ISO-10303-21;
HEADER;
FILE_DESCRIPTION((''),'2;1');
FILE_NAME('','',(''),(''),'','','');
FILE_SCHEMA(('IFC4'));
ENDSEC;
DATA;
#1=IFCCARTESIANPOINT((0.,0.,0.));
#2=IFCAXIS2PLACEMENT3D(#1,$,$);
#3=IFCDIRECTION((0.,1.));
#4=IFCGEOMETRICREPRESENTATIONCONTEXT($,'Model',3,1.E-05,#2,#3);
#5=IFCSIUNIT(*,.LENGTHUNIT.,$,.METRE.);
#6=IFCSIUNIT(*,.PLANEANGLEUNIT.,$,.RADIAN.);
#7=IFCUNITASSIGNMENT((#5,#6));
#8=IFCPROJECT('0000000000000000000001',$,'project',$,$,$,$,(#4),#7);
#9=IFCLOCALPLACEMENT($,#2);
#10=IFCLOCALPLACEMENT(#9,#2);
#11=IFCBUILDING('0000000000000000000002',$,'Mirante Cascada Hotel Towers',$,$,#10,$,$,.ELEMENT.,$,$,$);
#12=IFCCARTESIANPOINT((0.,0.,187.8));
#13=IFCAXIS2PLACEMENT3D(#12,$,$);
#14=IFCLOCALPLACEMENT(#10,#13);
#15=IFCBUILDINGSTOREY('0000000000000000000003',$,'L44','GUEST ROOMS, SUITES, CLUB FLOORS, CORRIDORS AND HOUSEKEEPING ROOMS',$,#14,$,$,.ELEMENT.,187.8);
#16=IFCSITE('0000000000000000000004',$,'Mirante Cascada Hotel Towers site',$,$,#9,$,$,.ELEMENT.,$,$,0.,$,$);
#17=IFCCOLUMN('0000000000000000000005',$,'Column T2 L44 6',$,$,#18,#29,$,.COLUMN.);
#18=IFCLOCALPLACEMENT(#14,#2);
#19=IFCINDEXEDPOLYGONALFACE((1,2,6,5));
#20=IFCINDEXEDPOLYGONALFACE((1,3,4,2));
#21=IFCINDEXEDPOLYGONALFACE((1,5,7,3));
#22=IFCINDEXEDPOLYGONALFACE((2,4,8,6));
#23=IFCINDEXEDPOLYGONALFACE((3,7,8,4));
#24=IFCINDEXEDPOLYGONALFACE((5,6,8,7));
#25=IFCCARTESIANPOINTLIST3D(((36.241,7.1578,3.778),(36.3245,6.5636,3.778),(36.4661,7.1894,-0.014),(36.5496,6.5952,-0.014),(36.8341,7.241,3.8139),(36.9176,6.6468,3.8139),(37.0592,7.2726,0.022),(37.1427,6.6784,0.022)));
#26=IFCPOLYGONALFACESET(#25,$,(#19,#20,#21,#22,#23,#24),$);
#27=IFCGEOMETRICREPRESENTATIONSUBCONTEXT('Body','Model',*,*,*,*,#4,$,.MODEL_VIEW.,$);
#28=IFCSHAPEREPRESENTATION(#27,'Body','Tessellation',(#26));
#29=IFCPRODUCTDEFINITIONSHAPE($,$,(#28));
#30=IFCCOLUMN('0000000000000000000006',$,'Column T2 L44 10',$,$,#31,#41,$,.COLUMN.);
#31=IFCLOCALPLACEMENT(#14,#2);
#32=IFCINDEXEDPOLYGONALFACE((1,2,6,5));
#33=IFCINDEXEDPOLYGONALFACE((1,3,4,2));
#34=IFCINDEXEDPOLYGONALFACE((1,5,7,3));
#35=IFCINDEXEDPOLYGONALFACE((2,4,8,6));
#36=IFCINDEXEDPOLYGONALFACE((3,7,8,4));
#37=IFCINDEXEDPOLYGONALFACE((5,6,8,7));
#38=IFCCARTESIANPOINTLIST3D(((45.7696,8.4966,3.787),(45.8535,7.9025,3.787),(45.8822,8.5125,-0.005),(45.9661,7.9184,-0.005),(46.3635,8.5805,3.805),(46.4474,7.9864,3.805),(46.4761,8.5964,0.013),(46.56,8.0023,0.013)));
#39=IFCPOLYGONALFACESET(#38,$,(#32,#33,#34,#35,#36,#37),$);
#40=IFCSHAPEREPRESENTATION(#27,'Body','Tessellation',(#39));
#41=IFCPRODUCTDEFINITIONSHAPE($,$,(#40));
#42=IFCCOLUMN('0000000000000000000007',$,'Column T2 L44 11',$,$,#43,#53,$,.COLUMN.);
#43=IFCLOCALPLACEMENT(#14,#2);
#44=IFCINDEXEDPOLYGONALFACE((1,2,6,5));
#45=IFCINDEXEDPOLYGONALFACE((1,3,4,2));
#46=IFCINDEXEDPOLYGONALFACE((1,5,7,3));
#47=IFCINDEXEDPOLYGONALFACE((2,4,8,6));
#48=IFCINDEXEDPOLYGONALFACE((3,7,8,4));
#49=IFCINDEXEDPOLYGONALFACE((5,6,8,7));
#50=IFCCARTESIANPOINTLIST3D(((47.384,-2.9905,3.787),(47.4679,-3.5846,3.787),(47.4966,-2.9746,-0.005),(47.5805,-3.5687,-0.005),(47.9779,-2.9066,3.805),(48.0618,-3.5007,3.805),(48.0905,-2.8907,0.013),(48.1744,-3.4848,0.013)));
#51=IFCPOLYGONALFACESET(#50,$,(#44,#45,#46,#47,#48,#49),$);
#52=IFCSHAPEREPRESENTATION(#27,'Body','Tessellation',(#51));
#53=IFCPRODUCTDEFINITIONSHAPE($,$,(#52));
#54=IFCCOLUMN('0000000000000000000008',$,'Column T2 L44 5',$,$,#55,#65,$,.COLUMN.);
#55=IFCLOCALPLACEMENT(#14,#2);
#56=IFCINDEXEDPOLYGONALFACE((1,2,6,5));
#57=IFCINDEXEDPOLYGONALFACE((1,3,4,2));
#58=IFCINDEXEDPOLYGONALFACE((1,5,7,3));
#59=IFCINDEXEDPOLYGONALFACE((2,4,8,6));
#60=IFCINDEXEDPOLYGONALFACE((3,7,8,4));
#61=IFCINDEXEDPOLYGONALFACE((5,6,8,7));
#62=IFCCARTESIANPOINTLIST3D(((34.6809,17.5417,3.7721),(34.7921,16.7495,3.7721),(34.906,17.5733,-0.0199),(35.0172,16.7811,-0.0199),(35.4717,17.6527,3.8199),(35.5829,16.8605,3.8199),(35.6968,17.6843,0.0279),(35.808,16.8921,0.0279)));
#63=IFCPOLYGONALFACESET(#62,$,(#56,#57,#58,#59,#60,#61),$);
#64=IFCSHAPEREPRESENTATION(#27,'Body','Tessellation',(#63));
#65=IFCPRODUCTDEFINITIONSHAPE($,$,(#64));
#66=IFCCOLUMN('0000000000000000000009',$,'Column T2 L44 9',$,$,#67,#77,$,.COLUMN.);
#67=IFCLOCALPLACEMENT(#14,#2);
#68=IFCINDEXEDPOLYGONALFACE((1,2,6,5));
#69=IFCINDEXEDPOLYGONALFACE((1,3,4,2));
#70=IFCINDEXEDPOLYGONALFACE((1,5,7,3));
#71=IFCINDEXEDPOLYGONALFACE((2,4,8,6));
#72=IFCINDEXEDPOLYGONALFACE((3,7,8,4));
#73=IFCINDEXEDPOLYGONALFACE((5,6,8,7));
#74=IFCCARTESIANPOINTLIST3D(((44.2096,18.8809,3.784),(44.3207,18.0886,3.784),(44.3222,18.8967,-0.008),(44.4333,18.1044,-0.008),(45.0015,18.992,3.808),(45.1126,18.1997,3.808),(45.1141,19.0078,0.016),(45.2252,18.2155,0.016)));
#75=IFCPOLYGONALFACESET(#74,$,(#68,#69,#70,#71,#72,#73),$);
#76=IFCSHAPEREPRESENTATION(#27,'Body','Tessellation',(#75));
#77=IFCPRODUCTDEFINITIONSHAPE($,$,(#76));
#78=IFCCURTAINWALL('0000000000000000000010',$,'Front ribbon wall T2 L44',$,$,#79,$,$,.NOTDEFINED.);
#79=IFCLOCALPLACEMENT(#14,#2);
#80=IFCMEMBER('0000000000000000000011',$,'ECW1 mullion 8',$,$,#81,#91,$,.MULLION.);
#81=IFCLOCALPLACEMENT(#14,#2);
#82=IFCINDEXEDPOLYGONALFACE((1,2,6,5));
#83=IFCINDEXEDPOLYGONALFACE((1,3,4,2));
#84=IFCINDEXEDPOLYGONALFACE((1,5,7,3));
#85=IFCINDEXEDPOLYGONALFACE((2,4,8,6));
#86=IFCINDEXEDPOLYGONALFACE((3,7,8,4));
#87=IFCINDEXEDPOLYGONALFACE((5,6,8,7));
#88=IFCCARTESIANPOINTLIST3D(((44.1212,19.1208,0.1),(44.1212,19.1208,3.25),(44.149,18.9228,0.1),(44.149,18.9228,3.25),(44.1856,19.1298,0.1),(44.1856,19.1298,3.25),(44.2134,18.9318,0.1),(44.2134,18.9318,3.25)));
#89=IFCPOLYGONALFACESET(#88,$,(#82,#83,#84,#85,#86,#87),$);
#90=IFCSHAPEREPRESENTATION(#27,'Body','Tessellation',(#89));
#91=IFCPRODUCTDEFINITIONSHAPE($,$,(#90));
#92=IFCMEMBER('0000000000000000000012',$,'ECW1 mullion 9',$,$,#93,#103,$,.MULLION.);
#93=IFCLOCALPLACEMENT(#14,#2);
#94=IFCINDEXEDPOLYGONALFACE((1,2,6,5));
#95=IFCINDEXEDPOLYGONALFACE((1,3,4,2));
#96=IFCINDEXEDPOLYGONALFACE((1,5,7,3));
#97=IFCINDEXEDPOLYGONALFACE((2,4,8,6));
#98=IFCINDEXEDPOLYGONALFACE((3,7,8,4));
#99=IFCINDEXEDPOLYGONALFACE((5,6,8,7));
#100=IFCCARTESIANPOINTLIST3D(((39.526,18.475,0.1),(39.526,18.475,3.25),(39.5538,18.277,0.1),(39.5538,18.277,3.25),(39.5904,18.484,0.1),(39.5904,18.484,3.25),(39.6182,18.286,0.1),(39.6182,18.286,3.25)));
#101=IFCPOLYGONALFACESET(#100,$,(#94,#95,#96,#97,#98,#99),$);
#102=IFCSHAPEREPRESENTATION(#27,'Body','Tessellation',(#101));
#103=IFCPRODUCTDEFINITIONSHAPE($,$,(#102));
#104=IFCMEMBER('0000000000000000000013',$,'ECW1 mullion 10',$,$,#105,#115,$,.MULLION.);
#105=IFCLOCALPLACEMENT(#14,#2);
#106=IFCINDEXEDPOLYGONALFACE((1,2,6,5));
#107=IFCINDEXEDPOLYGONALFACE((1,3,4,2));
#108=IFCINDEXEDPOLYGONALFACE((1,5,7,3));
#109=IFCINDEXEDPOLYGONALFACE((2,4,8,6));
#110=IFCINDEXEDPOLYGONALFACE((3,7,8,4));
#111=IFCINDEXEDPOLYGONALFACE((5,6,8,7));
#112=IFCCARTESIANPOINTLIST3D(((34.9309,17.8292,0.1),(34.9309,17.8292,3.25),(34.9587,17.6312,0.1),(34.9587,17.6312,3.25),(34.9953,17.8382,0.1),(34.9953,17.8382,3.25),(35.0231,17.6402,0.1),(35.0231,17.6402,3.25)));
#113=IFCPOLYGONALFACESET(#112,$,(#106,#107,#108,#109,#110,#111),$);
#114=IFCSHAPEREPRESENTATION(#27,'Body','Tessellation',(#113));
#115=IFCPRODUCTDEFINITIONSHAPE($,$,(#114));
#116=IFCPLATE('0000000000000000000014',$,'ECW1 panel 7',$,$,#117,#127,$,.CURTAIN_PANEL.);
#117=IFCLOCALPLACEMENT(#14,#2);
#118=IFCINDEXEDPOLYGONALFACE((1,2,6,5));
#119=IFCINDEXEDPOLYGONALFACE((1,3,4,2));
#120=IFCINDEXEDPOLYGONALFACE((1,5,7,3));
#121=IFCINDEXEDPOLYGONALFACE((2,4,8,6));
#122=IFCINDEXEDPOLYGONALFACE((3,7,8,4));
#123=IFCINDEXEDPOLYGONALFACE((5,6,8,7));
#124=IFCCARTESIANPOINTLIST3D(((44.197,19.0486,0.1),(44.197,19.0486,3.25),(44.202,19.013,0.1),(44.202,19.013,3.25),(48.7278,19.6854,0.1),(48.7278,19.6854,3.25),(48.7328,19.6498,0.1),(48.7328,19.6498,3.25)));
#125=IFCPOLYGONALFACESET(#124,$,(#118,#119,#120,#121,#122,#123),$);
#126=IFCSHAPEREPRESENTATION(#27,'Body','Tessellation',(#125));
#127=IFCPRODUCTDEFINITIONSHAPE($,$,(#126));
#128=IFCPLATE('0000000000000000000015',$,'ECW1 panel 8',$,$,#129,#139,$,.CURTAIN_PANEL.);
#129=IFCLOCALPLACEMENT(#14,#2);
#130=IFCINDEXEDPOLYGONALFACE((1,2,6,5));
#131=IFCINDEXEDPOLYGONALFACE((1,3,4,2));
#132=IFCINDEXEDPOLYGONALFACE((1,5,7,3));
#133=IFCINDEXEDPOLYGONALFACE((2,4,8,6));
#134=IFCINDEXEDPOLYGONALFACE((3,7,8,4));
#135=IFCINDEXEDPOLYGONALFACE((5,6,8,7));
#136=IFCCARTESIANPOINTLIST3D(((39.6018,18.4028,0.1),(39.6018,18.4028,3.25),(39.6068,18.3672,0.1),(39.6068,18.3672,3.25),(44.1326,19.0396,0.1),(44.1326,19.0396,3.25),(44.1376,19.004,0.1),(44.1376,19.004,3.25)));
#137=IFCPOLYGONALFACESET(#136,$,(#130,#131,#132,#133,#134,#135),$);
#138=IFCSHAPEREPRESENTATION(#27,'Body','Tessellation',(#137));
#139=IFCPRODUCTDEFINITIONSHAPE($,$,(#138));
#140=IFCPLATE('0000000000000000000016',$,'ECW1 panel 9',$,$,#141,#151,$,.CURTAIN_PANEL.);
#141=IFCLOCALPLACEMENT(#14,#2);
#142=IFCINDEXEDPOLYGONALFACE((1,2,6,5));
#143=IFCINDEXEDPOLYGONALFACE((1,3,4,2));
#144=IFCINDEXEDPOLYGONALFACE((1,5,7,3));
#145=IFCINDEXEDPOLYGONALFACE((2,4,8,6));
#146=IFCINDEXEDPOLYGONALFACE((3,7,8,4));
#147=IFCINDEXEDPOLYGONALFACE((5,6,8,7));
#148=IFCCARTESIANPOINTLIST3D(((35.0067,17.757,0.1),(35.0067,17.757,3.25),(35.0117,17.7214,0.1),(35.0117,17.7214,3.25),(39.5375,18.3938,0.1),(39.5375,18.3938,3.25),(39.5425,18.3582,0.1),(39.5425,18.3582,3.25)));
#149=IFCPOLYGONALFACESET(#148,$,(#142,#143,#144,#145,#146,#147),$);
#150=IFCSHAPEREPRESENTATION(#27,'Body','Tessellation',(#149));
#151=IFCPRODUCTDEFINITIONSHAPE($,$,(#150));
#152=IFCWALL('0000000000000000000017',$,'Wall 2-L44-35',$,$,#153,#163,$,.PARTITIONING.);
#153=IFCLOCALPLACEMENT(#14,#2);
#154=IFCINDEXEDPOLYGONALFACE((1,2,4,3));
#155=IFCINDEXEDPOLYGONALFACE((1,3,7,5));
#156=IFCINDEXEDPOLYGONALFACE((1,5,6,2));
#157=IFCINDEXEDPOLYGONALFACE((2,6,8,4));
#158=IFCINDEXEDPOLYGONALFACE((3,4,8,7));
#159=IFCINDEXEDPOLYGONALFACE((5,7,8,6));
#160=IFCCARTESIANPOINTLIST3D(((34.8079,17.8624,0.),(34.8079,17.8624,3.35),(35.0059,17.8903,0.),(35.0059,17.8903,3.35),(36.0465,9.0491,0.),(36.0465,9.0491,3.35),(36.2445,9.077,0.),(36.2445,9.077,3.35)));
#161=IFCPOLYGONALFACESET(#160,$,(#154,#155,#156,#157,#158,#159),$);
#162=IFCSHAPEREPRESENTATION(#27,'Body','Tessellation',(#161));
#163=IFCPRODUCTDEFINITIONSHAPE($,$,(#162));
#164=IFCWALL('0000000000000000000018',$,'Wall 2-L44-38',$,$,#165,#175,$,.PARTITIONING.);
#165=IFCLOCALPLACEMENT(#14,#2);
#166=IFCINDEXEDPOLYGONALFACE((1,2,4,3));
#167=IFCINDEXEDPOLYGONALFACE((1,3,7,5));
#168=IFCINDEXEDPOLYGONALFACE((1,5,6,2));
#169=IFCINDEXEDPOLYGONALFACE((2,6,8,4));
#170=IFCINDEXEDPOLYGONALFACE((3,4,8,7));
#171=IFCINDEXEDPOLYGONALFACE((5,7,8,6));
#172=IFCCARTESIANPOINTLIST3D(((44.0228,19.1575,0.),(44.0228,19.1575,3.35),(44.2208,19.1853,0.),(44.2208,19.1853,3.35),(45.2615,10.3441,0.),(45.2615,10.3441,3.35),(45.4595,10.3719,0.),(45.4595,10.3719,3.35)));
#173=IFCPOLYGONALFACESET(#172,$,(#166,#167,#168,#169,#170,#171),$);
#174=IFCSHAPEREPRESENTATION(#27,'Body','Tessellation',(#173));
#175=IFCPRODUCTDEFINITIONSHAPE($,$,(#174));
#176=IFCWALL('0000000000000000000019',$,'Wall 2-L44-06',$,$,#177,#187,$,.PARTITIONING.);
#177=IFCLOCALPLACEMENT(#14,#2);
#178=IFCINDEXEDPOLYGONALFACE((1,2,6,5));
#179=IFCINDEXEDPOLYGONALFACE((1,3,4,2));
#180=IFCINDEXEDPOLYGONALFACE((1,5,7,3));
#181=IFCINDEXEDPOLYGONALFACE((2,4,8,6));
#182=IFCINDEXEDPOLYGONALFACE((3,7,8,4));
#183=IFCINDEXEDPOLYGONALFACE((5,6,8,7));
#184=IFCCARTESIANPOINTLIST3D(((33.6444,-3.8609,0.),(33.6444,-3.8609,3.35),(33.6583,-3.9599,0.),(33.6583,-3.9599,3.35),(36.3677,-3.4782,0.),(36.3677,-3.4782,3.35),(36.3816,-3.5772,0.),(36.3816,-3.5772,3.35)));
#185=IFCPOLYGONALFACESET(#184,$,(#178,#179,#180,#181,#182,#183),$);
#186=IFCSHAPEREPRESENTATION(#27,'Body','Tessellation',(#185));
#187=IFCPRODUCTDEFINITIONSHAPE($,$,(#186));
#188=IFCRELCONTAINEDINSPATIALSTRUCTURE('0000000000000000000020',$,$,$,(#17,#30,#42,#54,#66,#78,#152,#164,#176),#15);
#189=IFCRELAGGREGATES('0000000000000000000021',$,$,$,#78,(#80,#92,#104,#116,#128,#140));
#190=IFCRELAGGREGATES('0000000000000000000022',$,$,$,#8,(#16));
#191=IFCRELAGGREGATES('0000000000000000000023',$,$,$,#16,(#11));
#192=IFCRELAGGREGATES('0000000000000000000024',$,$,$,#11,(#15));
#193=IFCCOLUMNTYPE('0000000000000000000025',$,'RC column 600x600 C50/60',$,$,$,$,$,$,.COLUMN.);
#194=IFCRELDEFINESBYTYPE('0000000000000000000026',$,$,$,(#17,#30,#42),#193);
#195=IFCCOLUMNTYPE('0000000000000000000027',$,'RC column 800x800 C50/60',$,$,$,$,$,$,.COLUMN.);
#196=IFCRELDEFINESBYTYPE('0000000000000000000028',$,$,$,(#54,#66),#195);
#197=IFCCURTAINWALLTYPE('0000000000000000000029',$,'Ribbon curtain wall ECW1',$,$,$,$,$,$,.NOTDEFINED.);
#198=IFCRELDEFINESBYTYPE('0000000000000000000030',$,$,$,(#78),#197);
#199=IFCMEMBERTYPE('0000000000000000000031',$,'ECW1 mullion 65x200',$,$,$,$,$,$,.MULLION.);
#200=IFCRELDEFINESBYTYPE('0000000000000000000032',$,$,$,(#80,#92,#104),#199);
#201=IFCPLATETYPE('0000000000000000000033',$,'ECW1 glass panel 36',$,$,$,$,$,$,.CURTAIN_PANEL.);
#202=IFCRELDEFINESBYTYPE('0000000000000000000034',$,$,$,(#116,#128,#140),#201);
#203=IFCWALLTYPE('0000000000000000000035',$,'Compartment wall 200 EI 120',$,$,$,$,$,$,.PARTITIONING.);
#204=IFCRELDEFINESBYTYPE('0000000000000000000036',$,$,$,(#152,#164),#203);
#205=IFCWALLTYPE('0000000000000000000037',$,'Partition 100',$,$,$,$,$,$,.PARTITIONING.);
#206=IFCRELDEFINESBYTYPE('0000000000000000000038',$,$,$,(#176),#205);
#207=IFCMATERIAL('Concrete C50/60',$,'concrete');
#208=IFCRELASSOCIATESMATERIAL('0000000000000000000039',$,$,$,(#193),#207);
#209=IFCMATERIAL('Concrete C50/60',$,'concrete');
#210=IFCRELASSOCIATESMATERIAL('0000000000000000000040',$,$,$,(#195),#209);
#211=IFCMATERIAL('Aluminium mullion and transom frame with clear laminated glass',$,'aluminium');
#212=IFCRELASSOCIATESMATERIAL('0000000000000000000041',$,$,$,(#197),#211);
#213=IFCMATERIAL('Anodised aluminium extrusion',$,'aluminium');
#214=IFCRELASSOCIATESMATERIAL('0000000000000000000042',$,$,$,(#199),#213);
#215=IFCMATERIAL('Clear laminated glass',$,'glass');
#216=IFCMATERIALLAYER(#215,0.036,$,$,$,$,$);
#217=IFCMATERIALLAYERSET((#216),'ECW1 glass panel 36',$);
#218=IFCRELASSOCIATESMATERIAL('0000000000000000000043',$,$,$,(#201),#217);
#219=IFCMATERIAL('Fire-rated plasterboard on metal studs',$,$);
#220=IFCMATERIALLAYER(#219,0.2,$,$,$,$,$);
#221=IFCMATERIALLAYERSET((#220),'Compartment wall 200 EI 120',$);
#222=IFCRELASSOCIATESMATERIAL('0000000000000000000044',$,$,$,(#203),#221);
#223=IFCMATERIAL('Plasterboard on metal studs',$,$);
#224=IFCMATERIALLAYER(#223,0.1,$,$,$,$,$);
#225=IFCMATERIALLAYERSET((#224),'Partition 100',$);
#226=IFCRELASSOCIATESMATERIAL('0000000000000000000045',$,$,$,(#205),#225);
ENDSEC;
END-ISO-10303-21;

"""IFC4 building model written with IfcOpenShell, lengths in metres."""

from ifc_helpers import new_model, si_unit, direction, frame, frame_2d, origin, origin_2d, place, context, subcontext, project, spatial, rectangle, extrude, material, layer, layer_set, material_profile, profile_set, type_object, element, aggregate, save


model = new_model("IFC4")

# Units and contexts
model_context = context("Model", 3, precision=1e-05, world=origin(), true_north=direction((0.0, 1.0)))
body_context = subcontext(model_context, "Body", "Model", "MODEL_VIEW")
ifc_project = project(units=[si_unit("LENGTHUNIT", "METRE"), si_unit("PLANEANGLEUNIT", "RADIAN")], contexts=[model_context])

# Site, building, storey
site_placement = place(None, origin())
site = spatial("IfcSite", under=ifc_project, at=site_placement, Name="Mirante Cascada Hotel Towers site", CompositionType="ELEMENT", RefElevation=0.0)
building_placement = place(site_placement, origin())
building = spatial("IfcBuilding", under=site, at=building_placement, Name="Mirante Cascada Hotel Towers", CompositionType="ELEMENT")
storey_placement = place(building_placement, frame((0.0, 0.0, 187.8)))
storey = spatial("IfcBuildingStorey", under=building, at=storey_placement, Name="L44", Description="GUEST ROOMS, SUITES, CLUB FLOORS, CORRIDORS AND HOUSEKEEPING ROOMS", CompositionType="ELEMENT", Elevation=187.8)

# Columns
ifc_material_1 = material(Name="Concrete C50/60", Category="concrete")
ifc_material_profile_1 = material_profile(ifc_material_1, rectangle(XDim=0.6, YDim=0.6, at=origin_2d()), Name="RC column 600x600 C50/60")
ifc_profile_set_1 = profile_set([ifc_material_profile_1], Name="Concrete C50/60")
column_type_1 = type_object("IfcColumnType", Name="RC column 600x600 C50/60", PredefinedType="COLUMN", material=ifc_profile_set_1)
column_1_placement = place(storey_placement, frame((36.8044, 6.9339, 0.004), z_axis=(-0.059255, -0.008318, 0.998208), x_axis=(0.139019, -0.99029, 0.0)))
element("IfcColumn", 1, at=column_1_placement, inside=storey, type_object=column_type_1, Name="Column T2 L44 6", PredefinedType="COLUMN", context=body_context, shape_type="SweptSolid", body=[
    extrude(rectangle(XDim=0.6, YDim=0.6, at=origin_2d()), origin(), (0.0, 0.0, 1.0), 3.7988),
])
for number, where, z_axis, x_axis, name in (
    (2, (46.2211, 8.2574, 0.004), (-0.029681, -0.004191, 0.999551), (0.139821, -0.990177, 0.0), "Column T2 L44 10"),
    (3, (47.8355, -3.2297, 0.004), (-0.029681, -0.004191, 0.999551), (0.139821, -0.990177, 0.0), "Column T2 L44 11"),
):
    element("IfcColumn", number, at=place(storey_placement, frame(where, z_axis=z_axis, x_axis=x_axis)), inside=storey, type_object=column_type_1, Name=name, PredefinedType="COLUMN", context=body_context, shape_type="SweptSolid", body=[
        extrude(rectangle(XDim=0.6, YDim=0.6, at=origin_2d()), origin(), (0.0, 0.0, 1.0), 3.7937),
    ])
ifc_material_2 = material(Name="Concrete C50/60", Category="concrete")
ifc_material_profile_2 = material_profile(ifc_material_2, rectangle(XDim=0.8, YDim=0.8, at=origin_2d()), Name="RC column 800x800 C50/60")
ifc_profile_set_2 = profile_set([ifc_material_profile_2], Name="Concrete C50/60")
column_type_2 = type_object("IfcColumnType", Name="RC column 800x800 C50/60", PredefinedType="COLUMN", material=ifc_profile_set_2)
column_2_placement = place(storey_placement, frame((35.357, 17.2327, 0.004), z_axis=(-0.059255, -0.008318, 0.998208), x_axis=(0.139019, -0.99029, 0.0)))
element("IfcColumn", 4, at=column_2_placement, inside=storey, type_object=column_type_2, Name="Column T2 L44 5", PredefinedType="COLUMN", context=body_context, shape_type="SweptSolid", body=[
    extrude(rectangle(XDim=0.8, YDim=0.8, at=origin_2d()), origin(), (0.0, 0.0, 1.0), 3.7988),
])
column_3_placement = place(storey_placement, frame((44.7737, 18.5561, 0.004), z_axis=(-0.029681, -0.004165, 0.999551), x_axis=(0.138958, -0.990298, 0.0)))
element("IfcColumn", 5, at=column_3_placement, inside=storey, type_object=column_type_2, Name="Column T2 L44 9", PredefinedType="COLUMN", context=body_context, shape_type="SweptSolid", body=[
    extrude(rectangle(XDim=0.8, YDim=0.8, at=origin_2d()), origin(), (0.0, 0.0, 1.0), 3.7937),
])

# Curtain wall, members, plates
ifc_material_3 = material(Name="Aluminium mullion and transom frame with clear laminated glass", Category="aluminium")
curtain_wall_type = type_object("IfcCurtainWallType", Name="Ribbon curtain wall ECW1", PredefinedType="NOTDEFINED", material=ifc_material_3)
curtain_wall_placement = place(storey_placement, origin())
curtain_wall = element("IfcCurtainWall", 6, at=curtain_wall_placement, inside=storey, type_object=curtain_wall_type, Name="Front ribbon wall T2 L44", PredefinedType="NOTDEFINED")
ifc_material_4 = material(Name="Anodised aluminium extrusion", Category="aluminium")
ifc_material_profile_3 = material_profile(ifc_material_4, rectangle(XDim=0.2, YDim=0.065, at=origin_2d()), Name="ECW1 MULLION 65x200")
ifc_profile_set_3 = profile_set([ifc_material_profile_3], Name="Anodised aluminium extrusion")
member_type = type_object("IfcMemberType", Name="ECW1 mullion 65x200", PredefinedType="MULLION", material=ifc_profile_set_3)
member_1_placement = place(storey_placement, frame((44.1673, 19.0263, 0.1), z_axis=(0.0, 0.0, 1.0), x_axis=(0.139173, -0.990268, 0.0)))
member_1 = element("IfcMember", 7, at=member_1_placement, type_object=member_type, Name="ECW1 mullion 8", PredefinedType="MULLION", context=body_context, shape_type="SweptSolid", body=[
    extrude(rectangle(XDim=0.2, YDim=0.065, at=origin_2d()), origin(), (0.0, 0.0, 1.0), 3.15),
])
member_2_placement = place(storey_placement, frame((39.5721, 18.3805, 0.1), z_axis=(0.0, 0.0, 1.0), x_axis=(0.139173, -0.990268, 0.0)))
member_2 = element("IfcMember", 8, at=member_2_placement, type_object=member_type, Name="ECW1 mullion 9", PredefinedType="MULLION", context=body_context, shape_type="SweptSolid", body=[
    extrude(rectangle(XDim=0.2, YDim=0.065, at=origin_2d()), origin(), (0.0, 0.0, 1.0), 3.15),
])
member_3_placement = place(storey_placement, frame((34.977, 17.7347, 0.1), z_axis=(0.0, 0.0, 1.0), x_axis=(0.139173, -0.990268, 0.0)))
member_3 = element("IfcMember", 9, at=member_3_placement, type_object=member_type, Name="ECW1 mullion 10", PredefinedType="MULLION", context=body_context, shape_type="SweptSolid", body=[
    extrude(rectangle(XDim=0.2, YDim=0.065, at=origin_2d()), origin(), (0.0, 0.0, 1.0), 3.15),
])
ifc_material_5 = material(Name="Clear laminated glass", Category="glass")
ifc_layer_1 = layer(ifc_material_5, 0.036)
ifc_layer_set_1 = layer_set([ifc_layer_1], Name="ECW1 glass panel 36")
plate_type = type_object("IfcPlateType", Name="ECW1 glass panel 36", PredefinedType="CURTAIN_PANEL", material=ifc_layer_set_1)
plate_1_placement = place(storey_placement, frame((46.4649, 19.3492, 0.1), z_axis=(0.0, 0.0, 1.0), x_axis=(-0.990268, -0.139173, 0.0)))
plate_1 = element("IfcPlate", 10, at=plate_1_placement, type_object=plate_type, Name="ECW1 panel 7", PredefinedType="CURTAIN_PANEL", context=body_context, shape_type="SweptSolid", body=[
    extrude(rectangle(XDim=4.5753, YDim=0.036, at=origin_2d()), origin(), (0.0, 0.0, 1.0), 3.15),
])
plate_2_placement = place(storey_placement, frame((41.8697, 18.7034, 0.1), z_axis=(0.0, 0.0, 1.0), x_axis=(-0.990268, -0.139173, 0.0)))
plate_2 = element("IfcPlate", 11, at=plate_2_placement, type_object=plate_type, Name="ECW1 panel 8", PredefinedType="CURTAIN_PANEL", context=body_context, shape_type="SweptSolid", body=[
    extrude(rectangle(XDim=4.5753, YDim=0.036, at=origin_2d()), origin(), (0.0, 0.0, 1.0), 3.15),
])
plate_3_placement = place(storey_placement, frame((37.2746, 18.0576, 0.1), z_axis=(0.0, 0.0, 1.0), x_axis=(-0.990268, -0.139173, 0.0)))
plate_3 = element("IfcPlate", 12, at=plate_3_placement, type_object=plate_type, Name="ECW1 panel 9", PredefinedType="CURTAIN_PANEL", context=body_context, shape_type="SweptSolid", body=[
    extrude(rectangle(XDim=4.5753, YDim=0.036, at=origin_2d()), origin(), (0.0, 0.0, 1.0), 3.15),
])
aggregate(curtain_wall, [member_1, member_2, member_3, plate_1, plate_2, plate_3])

# Walls
ifc_material_6 = material(Name="Fire-rated plasterboard on metal studs")
ifc_layer_2 = layer(ifc_material_6, 0.2)
ifc_layer_set_2 = layer_set([ifc_layer_2], Name="Compartment wall 200 EI 120")
wall_type_1 = type_object("IfcWallType", Name="Compartment wall 200 EI 120", PredefinedType="PARTITIONING", material=ifc_layer_set_2)
wall_1_placement = place(storey_placement, frame((36.1455, 9.063, 0.0), z_axis=(0.0, 0.0, 1.0), x_axis=(-0.13917, 0.990268, 0.0)))
element("IfcWall", 13, at=wall_1_placement, inside=storey, type_object=wall_type_1, Name="Wall 2-L44-35", PredefinedType="PARTITIONING", context=body_context, shape_type="SweptSolid", body=[
    extrude(rectangle(XDim=8.8999, YDim=0.2, at=frame_2d((4.45, 0.0))), origin(), (0.0, 0.0, 1.0), 3.35),
])
wall_2_placement = place(storey_placement, frame((44.1218, 19.1714, 0.0), z_axis=(0.0, 0.0, 1.0), x_axis=(0.139179, -0.990267, 0.0)))
element("IfcWall", 14, at=wall_2_placement, inside=storey, type_object=wall_type_1, Name="Wall 2-L44-38", PredefinedType="PARTITIONING", context=body_context, shape_type="SweptSolid", body=[
    extrude(rectangle(XDim=8.9, YDim=0.2, at=frame_2d((4.45, 0.0))), origin(), (0.0, 0.0, 1.0), 3.35),
])
ifc_material_7 = material(Name="Plasterboard on metal studs")
ifc_layer_3 = layer(ifc_material_7, 0.1)
ifc_layer_set_3 = layer_set([ifc_layer_3], Name="Partition 100")
wall_type_2 = type_object("IfcWallType", Name="Partition 100", PredefinedType="PARTITIONING", material=ifc_layer_set_3)
wall_3_placement = place(storey_placement, frame((36.3747, -3.5277, 0.0), z_axis=(0.0, 0.0, 1.0), x_axis=(-0.99027, -0.139161, 0.0)))
element("IfcWall", 15, at=wall_3_placement, inside=storey, type_object=wall_type_2, Name="Wall 2-L44-06", PredefinedType="PARTITIONING", context=body_context, shape_type="SweptSolid", body=[
    extrude(rectangle(XDim=2.7501, YDim=0.1, at=frame_2d((1.3751, 0.0))), origin(), (0.0, 0.0, 1.0), 3.35),
])

save(model, "model.ifc")
